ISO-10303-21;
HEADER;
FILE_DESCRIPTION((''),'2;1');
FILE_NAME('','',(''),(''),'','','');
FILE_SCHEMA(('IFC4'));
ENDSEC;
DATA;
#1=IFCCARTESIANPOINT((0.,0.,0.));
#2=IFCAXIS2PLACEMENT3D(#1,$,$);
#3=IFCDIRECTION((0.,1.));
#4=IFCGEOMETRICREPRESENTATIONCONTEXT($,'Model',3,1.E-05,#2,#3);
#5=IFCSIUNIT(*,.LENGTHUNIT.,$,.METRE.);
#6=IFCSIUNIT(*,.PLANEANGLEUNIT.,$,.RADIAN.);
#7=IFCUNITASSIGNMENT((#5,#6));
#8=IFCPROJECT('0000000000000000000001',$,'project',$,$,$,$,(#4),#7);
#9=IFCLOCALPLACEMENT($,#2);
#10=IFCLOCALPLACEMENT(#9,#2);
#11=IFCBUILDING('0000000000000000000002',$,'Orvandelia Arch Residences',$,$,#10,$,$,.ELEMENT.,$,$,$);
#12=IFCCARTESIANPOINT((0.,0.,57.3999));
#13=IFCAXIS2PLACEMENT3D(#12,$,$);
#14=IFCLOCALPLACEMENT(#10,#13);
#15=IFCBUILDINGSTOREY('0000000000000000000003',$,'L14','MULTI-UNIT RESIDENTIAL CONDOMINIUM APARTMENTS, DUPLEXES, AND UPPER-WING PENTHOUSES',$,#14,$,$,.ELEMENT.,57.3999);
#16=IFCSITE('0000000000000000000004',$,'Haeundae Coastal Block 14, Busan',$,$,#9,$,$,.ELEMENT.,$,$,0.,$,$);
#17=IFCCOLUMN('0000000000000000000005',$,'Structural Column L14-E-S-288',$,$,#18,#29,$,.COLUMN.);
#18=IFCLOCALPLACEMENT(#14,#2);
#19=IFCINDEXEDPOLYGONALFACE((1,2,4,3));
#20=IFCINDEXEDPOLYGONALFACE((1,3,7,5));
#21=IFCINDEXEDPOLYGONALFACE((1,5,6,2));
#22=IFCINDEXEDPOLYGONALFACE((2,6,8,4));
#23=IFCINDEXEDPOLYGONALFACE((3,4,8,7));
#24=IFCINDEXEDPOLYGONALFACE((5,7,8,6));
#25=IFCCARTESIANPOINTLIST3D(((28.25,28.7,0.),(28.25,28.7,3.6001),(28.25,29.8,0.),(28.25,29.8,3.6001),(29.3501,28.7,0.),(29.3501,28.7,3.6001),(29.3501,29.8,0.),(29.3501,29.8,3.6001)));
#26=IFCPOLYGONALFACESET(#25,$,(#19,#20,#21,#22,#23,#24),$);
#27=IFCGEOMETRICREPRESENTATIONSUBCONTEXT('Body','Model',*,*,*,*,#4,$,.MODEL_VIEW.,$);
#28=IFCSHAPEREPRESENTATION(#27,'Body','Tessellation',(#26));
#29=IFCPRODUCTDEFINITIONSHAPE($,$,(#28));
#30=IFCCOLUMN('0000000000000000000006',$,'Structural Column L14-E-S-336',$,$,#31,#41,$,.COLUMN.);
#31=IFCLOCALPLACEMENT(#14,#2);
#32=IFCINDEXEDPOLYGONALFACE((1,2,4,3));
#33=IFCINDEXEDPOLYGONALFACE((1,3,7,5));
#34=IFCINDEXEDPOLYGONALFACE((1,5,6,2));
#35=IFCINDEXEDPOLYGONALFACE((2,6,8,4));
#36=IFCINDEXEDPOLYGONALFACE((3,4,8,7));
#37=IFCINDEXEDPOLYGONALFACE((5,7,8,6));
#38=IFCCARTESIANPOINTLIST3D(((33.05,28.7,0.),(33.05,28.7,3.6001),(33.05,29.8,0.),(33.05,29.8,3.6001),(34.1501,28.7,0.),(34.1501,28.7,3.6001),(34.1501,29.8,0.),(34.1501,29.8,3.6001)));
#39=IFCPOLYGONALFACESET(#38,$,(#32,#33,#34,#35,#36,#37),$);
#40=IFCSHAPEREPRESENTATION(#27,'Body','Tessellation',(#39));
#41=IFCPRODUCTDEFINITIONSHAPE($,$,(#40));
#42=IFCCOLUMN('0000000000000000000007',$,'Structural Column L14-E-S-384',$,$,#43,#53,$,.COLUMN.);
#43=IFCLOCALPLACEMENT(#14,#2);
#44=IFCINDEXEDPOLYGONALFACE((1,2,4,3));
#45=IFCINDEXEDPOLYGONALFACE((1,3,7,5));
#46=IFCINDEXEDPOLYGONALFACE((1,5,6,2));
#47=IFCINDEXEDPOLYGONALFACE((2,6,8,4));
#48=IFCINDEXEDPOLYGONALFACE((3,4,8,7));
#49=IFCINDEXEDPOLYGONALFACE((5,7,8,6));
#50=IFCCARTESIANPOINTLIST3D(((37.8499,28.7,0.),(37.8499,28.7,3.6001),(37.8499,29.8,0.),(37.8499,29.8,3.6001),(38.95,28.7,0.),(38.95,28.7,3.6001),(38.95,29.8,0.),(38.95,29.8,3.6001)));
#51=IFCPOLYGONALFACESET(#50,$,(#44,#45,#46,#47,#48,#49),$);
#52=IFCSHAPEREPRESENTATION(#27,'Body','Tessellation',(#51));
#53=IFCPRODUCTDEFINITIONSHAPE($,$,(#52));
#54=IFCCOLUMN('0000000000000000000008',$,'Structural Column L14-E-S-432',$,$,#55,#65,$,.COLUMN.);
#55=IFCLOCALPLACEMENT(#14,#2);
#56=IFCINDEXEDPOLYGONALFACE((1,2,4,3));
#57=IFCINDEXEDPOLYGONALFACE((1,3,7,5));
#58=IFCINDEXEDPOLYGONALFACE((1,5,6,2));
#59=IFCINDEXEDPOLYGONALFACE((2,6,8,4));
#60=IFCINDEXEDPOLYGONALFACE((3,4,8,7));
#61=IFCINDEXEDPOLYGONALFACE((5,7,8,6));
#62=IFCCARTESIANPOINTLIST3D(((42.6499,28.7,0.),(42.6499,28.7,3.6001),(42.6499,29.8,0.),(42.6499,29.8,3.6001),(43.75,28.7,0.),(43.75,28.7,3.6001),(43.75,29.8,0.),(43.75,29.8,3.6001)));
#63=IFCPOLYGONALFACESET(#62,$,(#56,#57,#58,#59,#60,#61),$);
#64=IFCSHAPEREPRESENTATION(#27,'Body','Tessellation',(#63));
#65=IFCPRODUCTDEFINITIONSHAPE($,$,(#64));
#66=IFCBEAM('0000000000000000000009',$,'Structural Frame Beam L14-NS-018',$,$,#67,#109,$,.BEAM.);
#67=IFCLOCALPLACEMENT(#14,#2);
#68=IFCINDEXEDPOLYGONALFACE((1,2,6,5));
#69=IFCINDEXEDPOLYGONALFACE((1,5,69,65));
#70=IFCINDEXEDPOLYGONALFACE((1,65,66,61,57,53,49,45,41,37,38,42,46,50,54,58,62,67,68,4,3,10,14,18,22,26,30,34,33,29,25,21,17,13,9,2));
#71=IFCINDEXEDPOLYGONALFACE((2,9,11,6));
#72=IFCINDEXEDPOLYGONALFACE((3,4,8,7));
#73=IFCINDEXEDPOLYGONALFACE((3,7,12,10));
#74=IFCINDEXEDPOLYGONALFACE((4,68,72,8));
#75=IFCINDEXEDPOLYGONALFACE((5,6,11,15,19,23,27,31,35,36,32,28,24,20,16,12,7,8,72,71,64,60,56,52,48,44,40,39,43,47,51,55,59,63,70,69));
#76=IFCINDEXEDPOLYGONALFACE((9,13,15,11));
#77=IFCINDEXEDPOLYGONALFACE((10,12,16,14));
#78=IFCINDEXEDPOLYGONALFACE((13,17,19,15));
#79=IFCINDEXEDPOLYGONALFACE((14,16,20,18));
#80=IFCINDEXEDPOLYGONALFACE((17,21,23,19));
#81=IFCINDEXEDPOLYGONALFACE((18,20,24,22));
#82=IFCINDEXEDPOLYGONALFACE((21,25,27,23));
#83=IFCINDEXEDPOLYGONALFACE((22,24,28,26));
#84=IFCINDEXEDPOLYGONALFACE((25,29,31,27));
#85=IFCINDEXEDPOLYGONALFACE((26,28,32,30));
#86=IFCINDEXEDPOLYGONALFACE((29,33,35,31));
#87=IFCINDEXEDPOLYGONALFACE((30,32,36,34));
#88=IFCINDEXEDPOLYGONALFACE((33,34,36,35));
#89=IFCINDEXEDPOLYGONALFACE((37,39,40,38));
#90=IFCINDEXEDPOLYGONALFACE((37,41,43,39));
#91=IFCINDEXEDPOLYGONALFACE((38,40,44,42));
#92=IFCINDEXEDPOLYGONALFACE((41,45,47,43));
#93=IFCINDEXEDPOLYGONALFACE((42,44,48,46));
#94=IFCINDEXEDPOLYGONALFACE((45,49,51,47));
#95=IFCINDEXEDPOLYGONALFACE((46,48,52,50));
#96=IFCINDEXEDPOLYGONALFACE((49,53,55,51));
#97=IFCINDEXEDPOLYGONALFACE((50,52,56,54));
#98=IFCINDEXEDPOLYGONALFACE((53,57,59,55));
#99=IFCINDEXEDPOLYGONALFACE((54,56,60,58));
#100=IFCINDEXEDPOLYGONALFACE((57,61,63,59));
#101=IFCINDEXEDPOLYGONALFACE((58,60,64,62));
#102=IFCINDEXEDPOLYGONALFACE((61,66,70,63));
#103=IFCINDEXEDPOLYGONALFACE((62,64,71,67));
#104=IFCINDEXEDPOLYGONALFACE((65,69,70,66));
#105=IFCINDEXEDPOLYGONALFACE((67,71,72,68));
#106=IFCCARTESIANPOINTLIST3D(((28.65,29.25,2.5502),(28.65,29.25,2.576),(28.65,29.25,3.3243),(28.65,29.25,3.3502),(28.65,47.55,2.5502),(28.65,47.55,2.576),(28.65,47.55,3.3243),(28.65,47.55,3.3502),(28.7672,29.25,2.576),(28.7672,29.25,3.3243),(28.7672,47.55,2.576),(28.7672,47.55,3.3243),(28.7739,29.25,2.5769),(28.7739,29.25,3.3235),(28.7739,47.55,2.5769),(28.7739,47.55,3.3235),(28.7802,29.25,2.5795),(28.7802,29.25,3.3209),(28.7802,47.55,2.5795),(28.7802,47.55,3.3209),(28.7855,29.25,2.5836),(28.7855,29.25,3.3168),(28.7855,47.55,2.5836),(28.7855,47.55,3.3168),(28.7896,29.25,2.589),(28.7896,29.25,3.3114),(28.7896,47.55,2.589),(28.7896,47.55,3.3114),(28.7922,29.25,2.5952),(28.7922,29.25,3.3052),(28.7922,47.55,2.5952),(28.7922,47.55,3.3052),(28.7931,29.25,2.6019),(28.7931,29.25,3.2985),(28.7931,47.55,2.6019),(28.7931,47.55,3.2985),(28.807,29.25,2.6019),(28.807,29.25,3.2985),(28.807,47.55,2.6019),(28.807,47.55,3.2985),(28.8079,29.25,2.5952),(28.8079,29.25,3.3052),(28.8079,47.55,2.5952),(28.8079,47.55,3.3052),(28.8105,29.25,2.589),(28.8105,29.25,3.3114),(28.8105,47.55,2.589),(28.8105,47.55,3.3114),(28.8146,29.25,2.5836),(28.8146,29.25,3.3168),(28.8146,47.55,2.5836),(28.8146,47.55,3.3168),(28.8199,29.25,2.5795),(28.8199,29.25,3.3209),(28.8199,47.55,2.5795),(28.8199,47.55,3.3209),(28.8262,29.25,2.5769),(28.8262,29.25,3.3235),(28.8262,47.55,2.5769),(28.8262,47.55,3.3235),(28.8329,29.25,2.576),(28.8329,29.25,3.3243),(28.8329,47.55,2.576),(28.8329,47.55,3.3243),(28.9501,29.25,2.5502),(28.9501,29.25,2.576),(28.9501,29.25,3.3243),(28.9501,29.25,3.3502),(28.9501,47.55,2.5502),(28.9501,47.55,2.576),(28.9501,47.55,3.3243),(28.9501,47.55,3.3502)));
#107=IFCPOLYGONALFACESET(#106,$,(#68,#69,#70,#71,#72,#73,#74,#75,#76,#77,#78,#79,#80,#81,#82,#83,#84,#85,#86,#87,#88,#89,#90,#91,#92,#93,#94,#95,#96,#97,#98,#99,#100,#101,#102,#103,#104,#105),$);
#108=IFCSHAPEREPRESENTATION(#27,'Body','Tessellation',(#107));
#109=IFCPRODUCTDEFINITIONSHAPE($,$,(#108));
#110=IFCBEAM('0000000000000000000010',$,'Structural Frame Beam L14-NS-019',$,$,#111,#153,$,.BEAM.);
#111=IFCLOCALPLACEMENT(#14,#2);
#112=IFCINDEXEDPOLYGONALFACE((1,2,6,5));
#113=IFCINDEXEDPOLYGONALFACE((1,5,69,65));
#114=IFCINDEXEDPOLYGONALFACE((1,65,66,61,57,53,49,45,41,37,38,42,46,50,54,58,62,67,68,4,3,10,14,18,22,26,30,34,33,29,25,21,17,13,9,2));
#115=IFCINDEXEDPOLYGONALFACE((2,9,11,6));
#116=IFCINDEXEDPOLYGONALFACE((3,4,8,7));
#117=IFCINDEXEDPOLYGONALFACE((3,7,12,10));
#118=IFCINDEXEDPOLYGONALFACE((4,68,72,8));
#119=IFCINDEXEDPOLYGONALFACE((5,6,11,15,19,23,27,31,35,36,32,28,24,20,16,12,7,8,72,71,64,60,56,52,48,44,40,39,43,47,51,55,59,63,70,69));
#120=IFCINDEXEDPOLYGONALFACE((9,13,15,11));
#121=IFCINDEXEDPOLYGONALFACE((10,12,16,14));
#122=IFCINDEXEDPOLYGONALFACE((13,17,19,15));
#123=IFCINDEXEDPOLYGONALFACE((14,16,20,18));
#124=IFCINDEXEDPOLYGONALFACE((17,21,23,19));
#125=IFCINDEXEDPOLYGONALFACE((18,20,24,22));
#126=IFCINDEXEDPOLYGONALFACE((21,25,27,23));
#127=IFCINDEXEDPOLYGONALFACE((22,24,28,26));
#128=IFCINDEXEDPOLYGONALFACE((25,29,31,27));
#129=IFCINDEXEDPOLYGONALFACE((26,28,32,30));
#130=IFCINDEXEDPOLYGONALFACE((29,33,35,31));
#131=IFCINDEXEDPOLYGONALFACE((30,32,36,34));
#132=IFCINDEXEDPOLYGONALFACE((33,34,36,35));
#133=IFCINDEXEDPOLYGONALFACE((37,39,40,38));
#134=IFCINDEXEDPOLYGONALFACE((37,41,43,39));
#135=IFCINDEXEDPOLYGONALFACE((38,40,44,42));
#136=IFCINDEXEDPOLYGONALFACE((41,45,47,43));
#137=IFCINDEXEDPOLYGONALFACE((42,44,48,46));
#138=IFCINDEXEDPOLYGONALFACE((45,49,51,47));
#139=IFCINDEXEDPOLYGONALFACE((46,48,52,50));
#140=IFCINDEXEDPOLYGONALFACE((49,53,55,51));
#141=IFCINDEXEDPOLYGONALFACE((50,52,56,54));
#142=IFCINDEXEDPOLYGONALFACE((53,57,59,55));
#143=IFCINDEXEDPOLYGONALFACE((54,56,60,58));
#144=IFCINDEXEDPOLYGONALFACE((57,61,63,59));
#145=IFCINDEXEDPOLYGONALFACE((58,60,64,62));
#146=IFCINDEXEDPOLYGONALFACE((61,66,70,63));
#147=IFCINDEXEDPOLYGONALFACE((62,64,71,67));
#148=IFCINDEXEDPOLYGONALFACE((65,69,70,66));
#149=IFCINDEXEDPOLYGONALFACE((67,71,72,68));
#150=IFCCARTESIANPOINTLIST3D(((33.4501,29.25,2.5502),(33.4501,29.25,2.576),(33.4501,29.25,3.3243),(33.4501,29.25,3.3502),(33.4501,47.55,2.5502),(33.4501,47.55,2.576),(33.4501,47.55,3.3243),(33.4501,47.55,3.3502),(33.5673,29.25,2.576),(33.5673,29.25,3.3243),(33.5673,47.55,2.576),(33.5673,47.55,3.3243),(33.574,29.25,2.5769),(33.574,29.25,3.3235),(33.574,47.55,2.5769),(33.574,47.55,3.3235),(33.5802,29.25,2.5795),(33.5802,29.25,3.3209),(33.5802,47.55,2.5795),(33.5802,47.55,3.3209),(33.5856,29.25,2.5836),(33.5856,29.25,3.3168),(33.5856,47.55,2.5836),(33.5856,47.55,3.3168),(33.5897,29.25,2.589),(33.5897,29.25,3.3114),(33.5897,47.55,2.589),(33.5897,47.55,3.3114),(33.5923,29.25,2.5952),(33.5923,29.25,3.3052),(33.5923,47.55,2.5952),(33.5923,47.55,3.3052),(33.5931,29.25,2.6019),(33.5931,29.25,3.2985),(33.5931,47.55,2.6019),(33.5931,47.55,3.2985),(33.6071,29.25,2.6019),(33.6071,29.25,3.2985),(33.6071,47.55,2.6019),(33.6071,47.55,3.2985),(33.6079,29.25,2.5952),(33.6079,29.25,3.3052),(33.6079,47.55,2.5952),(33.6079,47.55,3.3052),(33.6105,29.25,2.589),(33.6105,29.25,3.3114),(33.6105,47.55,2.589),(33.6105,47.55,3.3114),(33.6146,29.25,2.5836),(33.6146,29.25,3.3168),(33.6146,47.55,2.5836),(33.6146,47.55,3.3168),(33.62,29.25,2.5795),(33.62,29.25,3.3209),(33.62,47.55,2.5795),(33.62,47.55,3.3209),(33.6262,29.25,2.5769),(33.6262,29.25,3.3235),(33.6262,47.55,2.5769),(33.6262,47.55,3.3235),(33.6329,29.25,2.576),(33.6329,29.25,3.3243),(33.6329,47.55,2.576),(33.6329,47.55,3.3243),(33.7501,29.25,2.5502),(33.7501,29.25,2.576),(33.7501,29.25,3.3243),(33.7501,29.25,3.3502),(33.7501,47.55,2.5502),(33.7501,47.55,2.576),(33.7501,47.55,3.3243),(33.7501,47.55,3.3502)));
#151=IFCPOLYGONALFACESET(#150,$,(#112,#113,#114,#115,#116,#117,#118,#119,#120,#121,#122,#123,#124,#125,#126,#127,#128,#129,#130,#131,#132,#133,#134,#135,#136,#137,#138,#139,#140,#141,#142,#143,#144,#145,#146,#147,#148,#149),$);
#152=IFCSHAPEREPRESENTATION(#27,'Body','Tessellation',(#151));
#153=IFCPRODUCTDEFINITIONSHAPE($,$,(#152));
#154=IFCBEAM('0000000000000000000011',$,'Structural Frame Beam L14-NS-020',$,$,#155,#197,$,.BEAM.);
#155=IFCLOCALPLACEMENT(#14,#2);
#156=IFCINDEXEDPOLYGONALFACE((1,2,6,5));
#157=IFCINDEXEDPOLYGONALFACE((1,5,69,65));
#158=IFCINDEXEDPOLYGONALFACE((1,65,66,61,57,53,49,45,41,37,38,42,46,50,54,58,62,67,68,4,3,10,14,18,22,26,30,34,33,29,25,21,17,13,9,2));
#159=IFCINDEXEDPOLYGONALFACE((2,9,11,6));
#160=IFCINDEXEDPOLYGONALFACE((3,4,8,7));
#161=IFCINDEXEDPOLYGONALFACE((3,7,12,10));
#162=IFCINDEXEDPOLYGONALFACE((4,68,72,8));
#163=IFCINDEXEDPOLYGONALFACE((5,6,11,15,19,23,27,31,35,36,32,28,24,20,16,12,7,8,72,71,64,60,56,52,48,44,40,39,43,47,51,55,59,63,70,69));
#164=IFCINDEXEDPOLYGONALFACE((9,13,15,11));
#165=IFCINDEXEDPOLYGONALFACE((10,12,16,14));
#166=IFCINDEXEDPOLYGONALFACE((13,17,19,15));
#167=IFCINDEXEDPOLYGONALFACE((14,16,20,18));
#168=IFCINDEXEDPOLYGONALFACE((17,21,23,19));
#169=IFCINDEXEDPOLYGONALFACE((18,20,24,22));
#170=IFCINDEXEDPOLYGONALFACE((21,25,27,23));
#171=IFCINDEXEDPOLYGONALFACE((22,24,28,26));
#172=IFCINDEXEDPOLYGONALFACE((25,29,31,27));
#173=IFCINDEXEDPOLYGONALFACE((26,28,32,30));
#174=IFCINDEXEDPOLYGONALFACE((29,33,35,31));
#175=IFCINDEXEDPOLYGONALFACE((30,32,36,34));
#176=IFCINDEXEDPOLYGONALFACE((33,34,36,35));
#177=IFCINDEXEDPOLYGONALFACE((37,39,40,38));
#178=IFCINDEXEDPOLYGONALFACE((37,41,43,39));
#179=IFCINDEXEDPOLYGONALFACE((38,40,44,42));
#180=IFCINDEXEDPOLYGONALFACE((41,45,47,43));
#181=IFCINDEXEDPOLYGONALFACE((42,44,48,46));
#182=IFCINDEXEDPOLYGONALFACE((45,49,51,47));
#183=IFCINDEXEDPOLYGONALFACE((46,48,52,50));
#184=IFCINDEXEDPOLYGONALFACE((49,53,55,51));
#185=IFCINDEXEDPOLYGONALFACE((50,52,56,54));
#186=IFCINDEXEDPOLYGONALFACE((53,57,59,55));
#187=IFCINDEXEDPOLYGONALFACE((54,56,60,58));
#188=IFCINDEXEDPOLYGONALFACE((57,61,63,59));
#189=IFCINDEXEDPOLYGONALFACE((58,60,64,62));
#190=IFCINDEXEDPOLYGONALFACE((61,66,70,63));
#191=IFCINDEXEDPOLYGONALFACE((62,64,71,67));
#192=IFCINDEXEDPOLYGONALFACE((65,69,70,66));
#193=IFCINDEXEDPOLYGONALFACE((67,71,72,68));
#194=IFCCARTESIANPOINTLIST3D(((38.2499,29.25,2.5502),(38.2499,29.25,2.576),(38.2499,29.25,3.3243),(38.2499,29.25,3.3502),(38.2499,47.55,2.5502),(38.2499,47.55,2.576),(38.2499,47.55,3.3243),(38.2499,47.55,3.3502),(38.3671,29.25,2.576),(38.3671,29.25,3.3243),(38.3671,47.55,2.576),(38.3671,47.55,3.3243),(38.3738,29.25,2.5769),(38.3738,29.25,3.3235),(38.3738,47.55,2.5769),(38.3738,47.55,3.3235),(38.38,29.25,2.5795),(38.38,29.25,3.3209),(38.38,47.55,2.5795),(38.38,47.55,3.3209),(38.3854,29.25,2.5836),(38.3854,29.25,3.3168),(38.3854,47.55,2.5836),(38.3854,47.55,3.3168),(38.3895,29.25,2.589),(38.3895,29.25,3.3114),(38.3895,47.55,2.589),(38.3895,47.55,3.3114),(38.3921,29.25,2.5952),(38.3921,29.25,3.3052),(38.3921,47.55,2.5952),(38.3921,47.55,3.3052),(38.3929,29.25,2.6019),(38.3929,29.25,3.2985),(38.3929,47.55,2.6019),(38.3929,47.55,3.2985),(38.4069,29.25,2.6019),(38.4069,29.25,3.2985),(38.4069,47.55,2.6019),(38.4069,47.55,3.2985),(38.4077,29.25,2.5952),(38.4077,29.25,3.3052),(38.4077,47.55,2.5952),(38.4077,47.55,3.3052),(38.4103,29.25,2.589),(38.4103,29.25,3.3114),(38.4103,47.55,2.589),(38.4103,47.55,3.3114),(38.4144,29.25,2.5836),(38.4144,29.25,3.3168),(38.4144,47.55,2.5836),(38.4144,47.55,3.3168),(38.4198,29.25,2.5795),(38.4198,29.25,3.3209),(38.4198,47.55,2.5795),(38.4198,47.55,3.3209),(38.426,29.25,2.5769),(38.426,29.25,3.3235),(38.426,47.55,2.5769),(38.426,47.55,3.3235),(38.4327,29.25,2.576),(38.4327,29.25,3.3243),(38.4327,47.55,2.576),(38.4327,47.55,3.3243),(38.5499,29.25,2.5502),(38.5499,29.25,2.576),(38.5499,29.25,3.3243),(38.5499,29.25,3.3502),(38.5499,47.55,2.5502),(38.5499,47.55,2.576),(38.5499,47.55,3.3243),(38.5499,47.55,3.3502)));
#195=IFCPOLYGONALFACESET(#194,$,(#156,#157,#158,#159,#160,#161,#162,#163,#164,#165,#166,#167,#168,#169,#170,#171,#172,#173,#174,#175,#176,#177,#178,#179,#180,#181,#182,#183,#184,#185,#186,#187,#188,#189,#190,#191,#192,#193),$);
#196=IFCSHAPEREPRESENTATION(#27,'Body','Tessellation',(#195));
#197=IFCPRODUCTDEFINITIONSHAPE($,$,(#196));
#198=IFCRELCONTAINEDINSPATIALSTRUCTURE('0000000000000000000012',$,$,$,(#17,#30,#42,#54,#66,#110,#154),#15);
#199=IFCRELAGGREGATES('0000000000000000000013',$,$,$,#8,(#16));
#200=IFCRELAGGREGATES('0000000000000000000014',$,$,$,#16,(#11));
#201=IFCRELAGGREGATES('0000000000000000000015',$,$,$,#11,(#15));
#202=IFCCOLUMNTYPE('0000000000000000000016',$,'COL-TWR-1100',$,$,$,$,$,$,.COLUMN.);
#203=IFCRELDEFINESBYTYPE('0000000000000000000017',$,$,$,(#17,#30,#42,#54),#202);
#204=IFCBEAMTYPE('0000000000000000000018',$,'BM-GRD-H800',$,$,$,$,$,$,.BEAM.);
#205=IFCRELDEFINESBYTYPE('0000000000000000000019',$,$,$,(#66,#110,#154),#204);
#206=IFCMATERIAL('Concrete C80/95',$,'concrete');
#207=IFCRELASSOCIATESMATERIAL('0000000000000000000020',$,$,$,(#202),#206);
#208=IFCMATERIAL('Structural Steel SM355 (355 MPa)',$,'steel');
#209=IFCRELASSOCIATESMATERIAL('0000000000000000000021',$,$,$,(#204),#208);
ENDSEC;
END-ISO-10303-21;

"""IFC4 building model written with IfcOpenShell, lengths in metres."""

from ifc_helpers import new_model, si_unit, direction, frame, origin, origin_2d, place, context, subcontext, project, spatial, rectangle, i_section, extrude, material, material_profile, profile_set, type_object, element, save


model = new_model("IFC4")

# Units and contexts
model_context = context("Model", 3, precision=1e-05, world=origin(), true_north=direction((0.0, 1.0)))
body_context = subcontext(model_context, "Body", "Model", "MODEL_VIEW")
ifc_project = project(units=[si_unit("LENGTHUNIT", "METRE"), si_unit("PLANEANGLEUNIT", "RADIAN")], contexts=[model_context])

# Site, building, storey
site_placement = place(None, origin())
site = spatial("IfcSite", under=ifc_project, at=site_placement, Name="Haeundae Coastal Block 14, Busan", CompositionType="ELEMENT", RefElevation=0.0)
building_placement = place(site_placement, origin())
building = spatial("IfcBuilding", under=site, at=building_placement, Name="Orvandelia Arch Residences", CompositionType="ELEMENT")
storey_placement = place(building_placement, frame((0.0, 0.0, 57.3999)))
storey = spatial("IfcBuildingStorey", under=building, at=storey_placement, Name="L14", Description="MULTI-UNIT RESIDENTIAL CONDOMINIUM APARTMENTS, DUPLEXES, AND UPPER-WING PENTHOUSES", CompositionType="ELEMENT", Elevation=57.3999)

# Columns
ifc_material_1 = material(Name="Concrete C80/95", Category="concrete")
ifc_material_profile_1 = material_profile(ifc_material_1, rectangle(XDim=1.1001, YDim=1.1001, at=origin_2d()), Name="Concrete C80/95", Category="concrete")
ifc_profile_set_1 = profile_set([ifc_material_profile_1], Name="Concrete C80/95")
column_type = type_object("IfcColumnType", Name="COL-TWR-1100", PredefinedType="COLUMN", material=ifc_profile_set_1)
for number, where, z_axis, x_axis, name in (
    (1, (28.8, 29.25, 0.0), (0.0, 0.0, 1.0), (1.0, 0.0, 0.0), "Structural Column L14-E-S-288"),
    (2, (33.6001, 29.25, 0.0), (0.0, 0.0, 1.0), (1.0, 0.0, 0.0), "Structural Column L14-E-S-336"),
    (3, (38.3999, 29.25, 0.0), (0.0, 0.0, 1.0), (1.0, 0.0, 0.0), "Structural Column L14-E-S-384"),
    (4, (43.2, 29.25, 0.0), (0.0, 0.0, 1.0), (1.0, 0.0, 0.0), "Structural Column L14-E-S-432"),
):
    element("IfcColumn", number, at=place(storey_placement, frame(where, z_axis=z_axis, x_axis=x_axis)), inside=storey, type_object=column_type, Name=name, PredefinedType="COLUMN", context=body_context, shape_type="SweptSolid", body=[
        extrude(rectangle(XDim=1.1001, YDim=1.1001, at=origin_2d()), origin(), (0.0, 0.0, 1.0), 3.6001),
    ])

# Beams
ifc_material_2 = material(Name="Structural Steel SM355 (355 MPa)", Category="steel")
ifc_material_profile_2 = material_profile(ifc_material_2, i_section(OverallWidth=0.3, OverallDepth=0.8, WebThickness=0.0139, FlangeThickness=0.0259, FilletRadius=0.0259, at=origin_2d()), Name="Structural Steel SM355 (355 MPa)", Category="steel")
ifc_profile_set_2 = profile_set([ifc_material_profile_2], Name="Structural Steel SM355 (355 MPa)")
beam_type = type_object("IfcBeamType", Name="BM-GRD-H800", PredefinedType="BEAM", material=ifc_profile_set_2)
for number, where, z_axis, x_axis, name in (
    (5, (28.8, 29.25, 2.9502), (0.0, 1.0, 0.0), (-1.0, 0.0, 0.0), "Structural Frame Beam L14-NS-018"),
    (6, (33.6001, 29.25, 2.9502), (0.0, 1.0, 0.0), (-1.0, 0.0, 0.0), "Structural Frame Beam L14-NS-019"),
    (7, (38.3999, 29.25, 2.9502), (0.0, 1.0, 0.0), (-1.0, 0.0, 0.0), "Structural Frame Beam L14-NS-020"),
):
    element("IfcBeam", number, at=place(storey_placement, frame(where, z_axis=z_axis, x_axis=x_axis)), inside=storey, type_object=beam_type, Name=name, PredefinedType="BEAM", context=body_context, shape_type="SweptSolid", body=[
        extrude(i_section(OverallWidth=0.3, OverallDepth=0.8, WebThickness=0.0139, FlangeThickness=0.0259, FilletRadius=0.0259, at=origin_2d()), origin(), (0.0, 0.0, 1.0), 18.3),
    ])

save(model, "model.ifc")
